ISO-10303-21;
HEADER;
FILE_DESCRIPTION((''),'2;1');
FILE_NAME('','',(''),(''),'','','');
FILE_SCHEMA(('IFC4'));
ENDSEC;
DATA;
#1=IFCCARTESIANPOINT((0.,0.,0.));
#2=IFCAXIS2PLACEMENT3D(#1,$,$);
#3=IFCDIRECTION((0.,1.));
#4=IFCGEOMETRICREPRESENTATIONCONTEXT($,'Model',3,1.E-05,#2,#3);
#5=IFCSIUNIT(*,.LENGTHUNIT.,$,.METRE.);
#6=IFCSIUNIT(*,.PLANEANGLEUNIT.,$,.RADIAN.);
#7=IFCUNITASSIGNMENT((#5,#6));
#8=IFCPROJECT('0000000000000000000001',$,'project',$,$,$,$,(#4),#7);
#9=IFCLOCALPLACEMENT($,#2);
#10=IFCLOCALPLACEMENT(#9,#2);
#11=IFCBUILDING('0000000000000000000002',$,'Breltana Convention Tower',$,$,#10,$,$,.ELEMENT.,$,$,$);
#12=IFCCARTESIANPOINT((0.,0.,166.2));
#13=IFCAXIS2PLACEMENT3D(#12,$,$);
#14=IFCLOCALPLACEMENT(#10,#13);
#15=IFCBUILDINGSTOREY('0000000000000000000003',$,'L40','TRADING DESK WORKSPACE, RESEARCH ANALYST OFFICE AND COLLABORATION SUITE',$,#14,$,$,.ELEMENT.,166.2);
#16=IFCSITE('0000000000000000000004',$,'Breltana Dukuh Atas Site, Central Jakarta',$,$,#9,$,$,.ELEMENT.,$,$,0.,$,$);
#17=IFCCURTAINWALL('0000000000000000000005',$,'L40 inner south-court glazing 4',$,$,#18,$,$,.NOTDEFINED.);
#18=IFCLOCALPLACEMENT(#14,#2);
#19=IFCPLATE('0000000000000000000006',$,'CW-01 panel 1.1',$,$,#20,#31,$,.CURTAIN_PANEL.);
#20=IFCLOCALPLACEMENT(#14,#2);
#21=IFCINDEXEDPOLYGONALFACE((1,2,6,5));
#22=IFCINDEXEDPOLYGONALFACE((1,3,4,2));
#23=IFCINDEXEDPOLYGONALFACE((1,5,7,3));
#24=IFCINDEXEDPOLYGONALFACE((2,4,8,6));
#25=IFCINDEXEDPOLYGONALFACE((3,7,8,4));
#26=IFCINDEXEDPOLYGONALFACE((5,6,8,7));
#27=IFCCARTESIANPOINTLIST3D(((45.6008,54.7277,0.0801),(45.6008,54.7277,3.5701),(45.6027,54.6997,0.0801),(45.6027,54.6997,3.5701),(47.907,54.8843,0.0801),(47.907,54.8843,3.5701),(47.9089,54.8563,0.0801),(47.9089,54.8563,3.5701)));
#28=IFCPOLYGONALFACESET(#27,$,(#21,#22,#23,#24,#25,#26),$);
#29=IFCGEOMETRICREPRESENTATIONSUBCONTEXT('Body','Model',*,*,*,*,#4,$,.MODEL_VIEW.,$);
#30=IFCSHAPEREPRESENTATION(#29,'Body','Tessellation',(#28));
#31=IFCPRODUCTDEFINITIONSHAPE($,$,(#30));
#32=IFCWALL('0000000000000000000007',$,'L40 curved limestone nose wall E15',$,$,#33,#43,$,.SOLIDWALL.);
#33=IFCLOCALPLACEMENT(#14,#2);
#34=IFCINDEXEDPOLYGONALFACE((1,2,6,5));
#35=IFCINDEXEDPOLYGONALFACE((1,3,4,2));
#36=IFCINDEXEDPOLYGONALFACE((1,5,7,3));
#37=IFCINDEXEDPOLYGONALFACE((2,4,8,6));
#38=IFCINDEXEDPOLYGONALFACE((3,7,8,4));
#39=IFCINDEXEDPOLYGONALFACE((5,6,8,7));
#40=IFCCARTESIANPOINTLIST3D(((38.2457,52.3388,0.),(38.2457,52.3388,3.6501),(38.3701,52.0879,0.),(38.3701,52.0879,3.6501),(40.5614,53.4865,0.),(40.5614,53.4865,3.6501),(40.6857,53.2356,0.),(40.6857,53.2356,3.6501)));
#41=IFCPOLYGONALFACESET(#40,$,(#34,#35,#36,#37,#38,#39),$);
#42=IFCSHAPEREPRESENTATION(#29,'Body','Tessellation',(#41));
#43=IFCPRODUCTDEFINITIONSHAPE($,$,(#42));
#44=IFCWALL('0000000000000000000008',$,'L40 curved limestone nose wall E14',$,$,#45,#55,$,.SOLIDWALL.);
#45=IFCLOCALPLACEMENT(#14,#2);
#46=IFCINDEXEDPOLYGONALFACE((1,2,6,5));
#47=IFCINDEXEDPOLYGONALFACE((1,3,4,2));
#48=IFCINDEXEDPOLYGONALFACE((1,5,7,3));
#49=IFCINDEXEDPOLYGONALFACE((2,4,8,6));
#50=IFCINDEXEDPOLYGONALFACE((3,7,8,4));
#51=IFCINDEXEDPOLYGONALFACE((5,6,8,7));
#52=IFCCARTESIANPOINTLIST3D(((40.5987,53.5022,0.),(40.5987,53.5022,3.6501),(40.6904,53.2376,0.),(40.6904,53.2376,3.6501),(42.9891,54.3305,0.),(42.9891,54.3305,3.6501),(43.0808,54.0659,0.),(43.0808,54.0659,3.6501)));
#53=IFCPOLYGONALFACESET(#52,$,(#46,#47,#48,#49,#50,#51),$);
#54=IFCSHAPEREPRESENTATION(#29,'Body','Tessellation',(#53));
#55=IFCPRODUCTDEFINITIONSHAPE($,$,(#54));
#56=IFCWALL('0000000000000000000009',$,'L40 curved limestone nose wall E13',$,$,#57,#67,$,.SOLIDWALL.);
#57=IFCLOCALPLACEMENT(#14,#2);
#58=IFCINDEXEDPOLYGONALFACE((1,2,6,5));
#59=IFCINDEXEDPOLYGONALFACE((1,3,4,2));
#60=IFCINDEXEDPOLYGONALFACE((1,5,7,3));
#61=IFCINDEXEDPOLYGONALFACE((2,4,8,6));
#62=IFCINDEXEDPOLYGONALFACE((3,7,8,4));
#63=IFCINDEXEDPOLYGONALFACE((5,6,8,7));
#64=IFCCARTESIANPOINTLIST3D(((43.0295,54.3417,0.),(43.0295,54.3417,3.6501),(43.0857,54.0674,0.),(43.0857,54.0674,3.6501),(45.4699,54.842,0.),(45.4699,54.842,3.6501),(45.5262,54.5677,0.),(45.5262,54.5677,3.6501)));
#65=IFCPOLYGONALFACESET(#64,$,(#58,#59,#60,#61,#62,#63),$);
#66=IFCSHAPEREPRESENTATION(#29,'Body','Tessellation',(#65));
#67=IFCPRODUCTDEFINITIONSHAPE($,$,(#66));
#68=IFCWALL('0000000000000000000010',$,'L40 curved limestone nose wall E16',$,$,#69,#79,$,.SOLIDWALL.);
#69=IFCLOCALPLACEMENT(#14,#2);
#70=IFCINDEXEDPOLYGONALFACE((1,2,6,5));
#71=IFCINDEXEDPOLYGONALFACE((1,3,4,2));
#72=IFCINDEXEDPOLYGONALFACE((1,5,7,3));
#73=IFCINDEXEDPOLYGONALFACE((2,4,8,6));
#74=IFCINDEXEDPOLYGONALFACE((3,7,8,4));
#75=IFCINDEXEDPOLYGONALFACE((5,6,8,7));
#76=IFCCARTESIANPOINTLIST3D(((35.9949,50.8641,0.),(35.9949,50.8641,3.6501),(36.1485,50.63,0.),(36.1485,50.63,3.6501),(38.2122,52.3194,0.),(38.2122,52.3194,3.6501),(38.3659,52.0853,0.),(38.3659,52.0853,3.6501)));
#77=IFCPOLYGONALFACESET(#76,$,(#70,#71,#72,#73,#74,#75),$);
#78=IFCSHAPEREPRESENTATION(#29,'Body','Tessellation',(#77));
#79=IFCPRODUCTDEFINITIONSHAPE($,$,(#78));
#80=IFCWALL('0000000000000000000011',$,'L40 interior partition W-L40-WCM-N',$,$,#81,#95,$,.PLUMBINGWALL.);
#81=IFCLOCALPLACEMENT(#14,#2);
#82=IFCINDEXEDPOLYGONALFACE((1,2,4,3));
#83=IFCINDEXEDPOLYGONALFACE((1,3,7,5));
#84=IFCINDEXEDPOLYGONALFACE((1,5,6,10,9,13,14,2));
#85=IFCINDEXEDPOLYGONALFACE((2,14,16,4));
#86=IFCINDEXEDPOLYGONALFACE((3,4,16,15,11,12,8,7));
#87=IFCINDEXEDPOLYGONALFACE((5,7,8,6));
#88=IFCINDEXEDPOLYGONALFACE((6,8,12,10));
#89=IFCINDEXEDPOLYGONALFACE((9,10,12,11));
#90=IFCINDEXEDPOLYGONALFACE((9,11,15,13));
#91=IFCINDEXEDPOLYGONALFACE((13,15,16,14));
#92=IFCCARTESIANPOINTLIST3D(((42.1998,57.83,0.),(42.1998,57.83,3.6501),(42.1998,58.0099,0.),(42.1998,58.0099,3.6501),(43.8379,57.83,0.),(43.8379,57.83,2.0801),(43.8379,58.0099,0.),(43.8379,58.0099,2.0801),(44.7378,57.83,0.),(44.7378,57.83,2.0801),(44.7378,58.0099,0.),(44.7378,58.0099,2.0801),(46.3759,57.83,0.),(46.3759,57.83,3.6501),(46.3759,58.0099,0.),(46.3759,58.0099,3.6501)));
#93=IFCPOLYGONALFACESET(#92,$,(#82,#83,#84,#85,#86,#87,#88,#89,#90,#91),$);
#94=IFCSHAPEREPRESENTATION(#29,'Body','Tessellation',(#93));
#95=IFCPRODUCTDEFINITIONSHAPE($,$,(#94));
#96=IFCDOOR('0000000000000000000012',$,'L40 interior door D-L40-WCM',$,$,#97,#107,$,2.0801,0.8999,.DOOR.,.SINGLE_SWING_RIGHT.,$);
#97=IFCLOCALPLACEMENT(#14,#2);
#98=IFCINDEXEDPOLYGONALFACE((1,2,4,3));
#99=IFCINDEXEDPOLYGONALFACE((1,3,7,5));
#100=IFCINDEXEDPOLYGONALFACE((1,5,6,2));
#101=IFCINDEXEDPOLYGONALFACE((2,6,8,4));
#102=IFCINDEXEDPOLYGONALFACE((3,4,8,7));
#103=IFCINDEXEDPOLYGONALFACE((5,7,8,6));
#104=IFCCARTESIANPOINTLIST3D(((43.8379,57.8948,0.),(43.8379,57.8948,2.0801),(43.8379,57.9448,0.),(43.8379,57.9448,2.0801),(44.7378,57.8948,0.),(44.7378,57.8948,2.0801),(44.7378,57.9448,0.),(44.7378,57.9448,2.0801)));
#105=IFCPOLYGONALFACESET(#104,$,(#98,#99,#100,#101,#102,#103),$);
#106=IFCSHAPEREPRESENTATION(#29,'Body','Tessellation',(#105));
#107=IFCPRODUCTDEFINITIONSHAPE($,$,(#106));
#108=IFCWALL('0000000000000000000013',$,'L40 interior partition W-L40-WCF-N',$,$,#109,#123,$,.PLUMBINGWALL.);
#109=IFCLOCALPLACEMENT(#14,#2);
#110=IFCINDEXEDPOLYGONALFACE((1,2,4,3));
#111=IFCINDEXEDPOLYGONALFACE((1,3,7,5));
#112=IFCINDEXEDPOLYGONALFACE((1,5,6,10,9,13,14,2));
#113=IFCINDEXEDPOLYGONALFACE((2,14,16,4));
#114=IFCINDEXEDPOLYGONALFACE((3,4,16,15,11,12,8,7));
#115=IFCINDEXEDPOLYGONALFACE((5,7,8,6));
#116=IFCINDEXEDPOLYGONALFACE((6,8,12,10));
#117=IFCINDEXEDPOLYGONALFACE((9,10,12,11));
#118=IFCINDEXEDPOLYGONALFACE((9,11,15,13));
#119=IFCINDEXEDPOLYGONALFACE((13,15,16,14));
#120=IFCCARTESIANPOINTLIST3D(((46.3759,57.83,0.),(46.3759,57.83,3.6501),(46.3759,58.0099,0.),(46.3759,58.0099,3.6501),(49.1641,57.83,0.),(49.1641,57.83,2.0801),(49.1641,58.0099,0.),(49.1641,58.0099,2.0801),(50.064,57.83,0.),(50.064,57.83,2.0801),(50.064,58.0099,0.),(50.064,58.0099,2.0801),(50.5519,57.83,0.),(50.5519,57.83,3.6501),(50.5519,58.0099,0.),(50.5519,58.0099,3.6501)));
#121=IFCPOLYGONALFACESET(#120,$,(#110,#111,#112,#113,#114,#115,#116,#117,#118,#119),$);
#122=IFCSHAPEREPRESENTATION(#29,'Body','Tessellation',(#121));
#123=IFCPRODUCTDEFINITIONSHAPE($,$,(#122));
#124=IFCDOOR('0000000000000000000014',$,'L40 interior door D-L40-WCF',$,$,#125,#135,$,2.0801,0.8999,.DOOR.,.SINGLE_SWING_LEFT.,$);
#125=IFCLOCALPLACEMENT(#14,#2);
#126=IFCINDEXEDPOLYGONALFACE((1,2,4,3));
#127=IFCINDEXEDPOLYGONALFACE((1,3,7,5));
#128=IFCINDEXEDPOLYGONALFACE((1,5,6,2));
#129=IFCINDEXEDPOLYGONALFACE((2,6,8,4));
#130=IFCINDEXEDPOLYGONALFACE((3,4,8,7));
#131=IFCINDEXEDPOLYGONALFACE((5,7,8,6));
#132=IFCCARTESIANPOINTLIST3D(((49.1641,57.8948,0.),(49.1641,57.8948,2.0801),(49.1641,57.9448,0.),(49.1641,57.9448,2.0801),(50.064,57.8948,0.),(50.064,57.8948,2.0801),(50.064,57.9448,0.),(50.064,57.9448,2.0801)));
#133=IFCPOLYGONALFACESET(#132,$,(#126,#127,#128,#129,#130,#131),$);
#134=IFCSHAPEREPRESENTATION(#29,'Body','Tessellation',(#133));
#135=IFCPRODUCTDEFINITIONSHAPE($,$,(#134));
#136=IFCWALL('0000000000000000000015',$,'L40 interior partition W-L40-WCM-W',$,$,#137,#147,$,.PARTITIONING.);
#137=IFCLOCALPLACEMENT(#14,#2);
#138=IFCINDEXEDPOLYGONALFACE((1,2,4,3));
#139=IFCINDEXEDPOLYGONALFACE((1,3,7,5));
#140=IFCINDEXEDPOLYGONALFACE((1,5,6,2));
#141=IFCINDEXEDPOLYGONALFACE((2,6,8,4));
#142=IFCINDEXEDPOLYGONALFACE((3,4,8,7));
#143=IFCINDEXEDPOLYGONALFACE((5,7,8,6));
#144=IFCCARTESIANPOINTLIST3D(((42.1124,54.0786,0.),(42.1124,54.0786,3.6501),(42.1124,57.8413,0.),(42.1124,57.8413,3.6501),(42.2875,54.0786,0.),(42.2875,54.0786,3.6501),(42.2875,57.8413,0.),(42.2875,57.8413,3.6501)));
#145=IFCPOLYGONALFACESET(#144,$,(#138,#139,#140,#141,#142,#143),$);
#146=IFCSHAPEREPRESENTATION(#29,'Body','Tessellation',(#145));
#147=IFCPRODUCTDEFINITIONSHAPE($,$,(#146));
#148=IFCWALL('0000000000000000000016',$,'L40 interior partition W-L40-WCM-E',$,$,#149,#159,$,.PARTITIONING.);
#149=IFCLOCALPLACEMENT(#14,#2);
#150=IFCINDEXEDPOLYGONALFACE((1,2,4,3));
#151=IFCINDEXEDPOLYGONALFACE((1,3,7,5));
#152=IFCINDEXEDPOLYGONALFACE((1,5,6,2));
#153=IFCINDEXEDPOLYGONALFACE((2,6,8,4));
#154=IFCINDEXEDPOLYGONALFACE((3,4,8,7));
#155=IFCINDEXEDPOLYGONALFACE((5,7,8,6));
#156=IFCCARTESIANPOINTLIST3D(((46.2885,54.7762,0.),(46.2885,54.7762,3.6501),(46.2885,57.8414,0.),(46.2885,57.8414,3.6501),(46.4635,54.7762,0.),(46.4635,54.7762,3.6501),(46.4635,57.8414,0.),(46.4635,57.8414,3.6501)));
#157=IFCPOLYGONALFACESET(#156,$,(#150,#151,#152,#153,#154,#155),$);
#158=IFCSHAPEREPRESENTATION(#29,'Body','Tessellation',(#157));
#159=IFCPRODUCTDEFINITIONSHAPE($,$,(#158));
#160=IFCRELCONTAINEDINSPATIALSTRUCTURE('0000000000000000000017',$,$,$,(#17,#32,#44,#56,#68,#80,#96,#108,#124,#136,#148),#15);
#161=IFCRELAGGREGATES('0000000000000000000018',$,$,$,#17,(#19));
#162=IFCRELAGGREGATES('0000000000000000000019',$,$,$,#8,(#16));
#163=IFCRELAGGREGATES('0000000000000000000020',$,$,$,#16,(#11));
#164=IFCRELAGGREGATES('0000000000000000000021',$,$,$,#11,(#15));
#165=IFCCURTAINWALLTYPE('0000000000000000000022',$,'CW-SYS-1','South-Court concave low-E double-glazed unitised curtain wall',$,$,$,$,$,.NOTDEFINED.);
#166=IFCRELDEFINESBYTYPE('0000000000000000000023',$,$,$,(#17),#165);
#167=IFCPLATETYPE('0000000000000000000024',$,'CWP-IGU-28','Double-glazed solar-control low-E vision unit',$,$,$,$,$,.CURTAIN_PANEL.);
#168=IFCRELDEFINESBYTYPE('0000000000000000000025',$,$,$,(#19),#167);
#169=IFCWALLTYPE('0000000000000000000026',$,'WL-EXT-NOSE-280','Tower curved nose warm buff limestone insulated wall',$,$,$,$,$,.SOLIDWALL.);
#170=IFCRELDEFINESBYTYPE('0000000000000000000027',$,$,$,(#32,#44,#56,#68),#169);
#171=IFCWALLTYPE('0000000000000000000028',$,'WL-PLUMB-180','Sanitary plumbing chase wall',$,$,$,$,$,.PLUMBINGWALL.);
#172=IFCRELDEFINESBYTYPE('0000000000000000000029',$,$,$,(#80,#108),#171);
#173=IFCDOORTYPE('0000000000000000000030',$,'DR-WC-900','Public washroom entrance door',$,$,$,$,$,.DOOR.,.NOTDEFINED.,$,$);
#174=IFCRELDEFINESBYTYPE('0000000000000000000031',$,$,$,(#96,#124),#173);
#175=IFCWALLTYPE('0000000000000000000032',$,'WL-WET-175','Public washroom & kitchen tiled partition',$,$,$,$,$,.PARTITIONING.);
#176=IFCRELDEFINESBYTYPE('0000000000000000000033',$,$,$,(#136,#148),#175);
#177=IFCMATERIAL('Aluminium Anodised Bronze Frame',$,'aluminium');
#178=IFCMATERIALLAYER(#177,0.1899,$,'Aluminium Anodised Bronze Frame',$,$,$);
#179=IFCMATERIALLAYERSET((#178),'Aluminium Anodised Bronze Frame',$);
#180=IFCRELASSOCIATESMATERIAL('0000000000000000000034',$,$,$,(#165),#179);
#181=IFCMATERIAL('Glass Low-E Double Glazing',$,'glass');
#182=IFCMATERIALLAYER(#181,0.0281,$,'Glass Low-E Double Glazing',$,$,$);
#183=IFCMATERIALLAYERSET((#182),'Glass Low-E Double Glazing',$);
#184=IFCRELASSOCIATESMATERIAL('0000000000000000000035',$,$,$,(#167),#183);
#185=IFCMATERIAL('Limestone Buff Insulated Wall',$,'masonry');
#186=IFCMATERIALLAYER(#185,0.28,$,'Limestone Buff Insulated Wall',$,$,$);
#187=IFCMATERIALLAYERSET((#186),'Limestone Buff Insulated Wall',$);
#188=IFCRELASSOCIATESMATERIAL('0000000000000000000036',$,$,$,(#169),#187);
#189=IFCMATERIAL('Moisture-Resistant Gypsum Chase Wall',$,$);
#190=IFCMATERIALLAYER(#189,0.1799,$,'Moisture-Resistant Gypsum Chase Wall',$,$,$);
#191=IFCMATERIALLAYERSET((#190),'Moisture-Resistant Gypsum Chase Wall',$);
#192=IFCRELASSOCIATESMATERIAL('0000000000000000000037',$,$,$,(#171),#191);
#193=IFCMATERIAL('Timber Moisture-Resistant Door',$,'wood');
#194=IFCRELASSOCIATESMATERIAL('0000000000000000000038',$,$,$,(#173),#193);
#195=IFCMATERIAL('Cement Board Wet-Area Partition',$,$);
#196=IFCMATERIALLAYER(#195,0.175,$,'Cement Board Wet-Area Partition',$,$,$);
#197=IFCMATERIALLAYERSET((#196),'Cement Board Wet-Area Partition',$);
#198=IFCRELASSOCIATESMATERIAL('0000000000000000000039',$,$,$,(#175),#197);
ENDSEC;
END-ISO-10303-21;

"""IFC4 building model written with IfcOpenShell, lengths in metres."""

from ifc_helpers import new_model, si_unit, direction, frame, frame_2d, origin, origin_2d, place, context, subcontext, project, spatial, rectangle, extrude, source, transform, mapped, material, layer, layer_set, type_object, type_shapes, element, fill, aggregate, save


model = new_model("IFC4")

# Units and contexts
model_context = context("Model", 3, precision=1e-05, world=origin(), true_north=direction((0.0, 1.0)))
body_context = subcontext(model_context, "Body", "Model", "MODEL_VIEW")
ifc_project = project(units=[si_unit("LENGTHUNIT", "METRE"), si_unit("PLANEANGLEUNIT", "RADIAN")], contexts=[model_context])

# Site, building, storey
site_placement = place(None, origin())
site = spatial("IfcSite", under=ifc_project, at=site_placement, Name="Breltana Dukuh Atas Site, Central Jakarta", CompositionType="ELEMENT", RefElevation=0.0)
building_placement = place(site_placement, origin())
building = spatial("IfcBuilding", under=site, at=building_placement, Name="Breltana Convention Tower", CompositionType="ELEMENT")
storey_placement = place(building_placement, frame((0.0, 0.0, 166.2)))
storey = spatial("IfcBuildingStorey", under=building, at=storey_placement, Name="L40", Description="TRADING DESK WORKSPACE, RESEARCH ANALYST OFFICE AND COLLABORATION SUITE", CompositionType="ELEMENT", Elevation=166.2)

# Curtain wall
ifc_material_1 = material(Name="Aluminium Anodised Bronze Frame", Category="aluminium")
ifc_layer_1 = layer(ifc_material_1, 0.1899, Name="Aluminium Anodised Bronze Frame")
ifc_layer_set_1 = layer_set([ifc_layer_1], Name="Aluminium Anodised Bronze Frame")
curtain_wall_type = type_object("IfcCurtainWallType", Name="CW-SYS-1", Description="South-Court concave low-E double-glazed unitised curtain wall", PredefinedType="NOTDEFINED", material=ifc_layer_set_1)
curtain_wall_1_placement = place(storey_placement, origin())
curtain_wall_1 = element("IfcCurtainWall", 1, at=curtain_wall_1_placement, inside=storey, type_object=curtain_wall_type, Name="L40 inner south-court glazing 4", PredefinedType="NOTDEFINED")

# Plate
ifc_material_2 = material(Name="Glass Low-E Double Glazing", Category="glass")
ifc_layer_2 = layer(ifc_material_2, 0.0281, Name="Glass Low-E Double Glazing")
ifc_layer_set_2 = layer_set([ifc_layer_2], Name="Glass Low-E Double Glazing")
plate_type = type_object("IfcPlateType", Name="CWP-IGU-28", Description="Double-glazed solar-control low-E vision unit", PredefinedType="CURTAIN_PANEL", material=ifc_layer_set_2)
shared_shape_1 = source(origin(), body_context, "Body", "SweptSolid", [
    extrude(rectangle(XDim=2.3115, YDim=0.0281, at=origin_2d()), origin(), (0.0, 0.0, 1.0), 3.49),
])
plate_placement = place(storey_placement, frame((46.7549, 54.792, 0.0801), z_axis=(0.0, 0.0, 1.0), x_axis=(-0.997703, -0.067733, 0.0)))
plate = element("IfcPlate", 2, at=plate_placement, type_object=plate_type, Name="CW-01 panel 1.1", PredefinedType="CURTAIN_PANEL", context=body_context, shape_type="MappedRepresentation", body=[
    mapped(shared_shape_1, transform((0.0, 0.0, 0.0), scale=1.0)),
])
aggregate(curtain_wall_1, [plate])

# Walls
ifc_material_3 = material(Name="Limestone Buff Insulated Wall", Category="masonry")
ifc_layer_3 = layer(ifc_material_3, 0.28, Name="Limestone Buff Insulated Wall")
ifc_layer_set_3 = layer_set([ifc_layer_3], Name="Limestone Buff Insulated Wall")
wall_type_1 = type_object("IfcWallType", Name="WL-EXT-NOSE-280", Description="Tower curved nose warm buff limestone insulated wall", PredefinedType="SOLIDWALL", material=ifc_layer_set_3)
shared_shape_2 = source(origin(), body_context, "Body", "SweptSolid", [
    extrude(rectangle(XDim=2.5845, YDim=0.28, at=frame_2d((1.2922, 0.0))), origin(), (0.0, 0.0, 1.0), 3.6501),
])
wall_1_placement = place(storey_placement, frame((40.6235, 53.3611, 0.0), z_axis=(0.0, 0.0, 1.0), x_axis=(-0.89599, -0.444075, 0.0)))
element("IfcWall", 3, at=wall_1_placement, inside=storey, type_object=wall_type_1, Name="L40 curved limestone nose wall E15", PredefinedType="SOLIDWALL", context=body_context, shape_type="MappedRepresentation", body=[
    mapped(shared_shape_2, transform((0.0, 0.0, 0.0), scale=1.0)),
])
shared_shape_3 = source(origin(), body_context, "Body", "SweptSolid", [
    extrude(rectangle(XDim=2.5298, YDim=0.28, at=frame_2d((1.2649, 0.0))), origin(), (0.0, 0.0, 1.0), 3.6501),
])
wall_2_placement = place(storey_placement, frame((43.0349, 54.1982, 0.0), z_axis=(0.0, 0.0, 1.0), x_axis=(-0.944872, -0.327439, 0.0)))
element("IfcWall", 4, at=wall_2_placement, inside=storey, type_object=wall_type_1, Name="L40 curved limestone nose wall E14", PredefinedType="SOLIDWALL", context=body_context, shape_type="MappedRepresentation", body=[
    mapped(shared_shape_3, transform((0.0, 0.0, 0.0), scale=1.0)),
])
shared_shape_4 = source(origin(), body_context, "Body", "SweptSolid", [
    extrude(rectangle(XDim=2.4912, YDim=0.28, at=frame_2d((1.2456, 0.0))), origin(), (0.0, 0.0, 1.0), 3.6501),
])
wall_3_placement = place(storey_placement, frame((45.498, 54.7048, 0.0), z_axis=(0.0, 0.0, 1.0), x_axis=(-0.979631, -0.200807, 0.0)))
element("IfcWall", 5, at=wall_3_placement, inside=storey, type_object=wall_type_1, Name="L40 curved limestone nose wall E13", PredefinedType="SOLIDWALL", context=body_context, shape_type="MappedRepresentation", body=[
    mapped(shared_shape_4, transform((0.0, 0.0, 0.0), scale=1.0)),
])
shared_shape_5 = source(origin(), body_context, "Body", "SweptSolid", [
    extrude(rectangle(XDim=2.6523, YDim=0.28, at=frame_2d((1.3262, 0.0))), origin(), (0.0, 0.0, 1.0), 3.6501),
])
wall_4_placement = place(storey_placement, frame((38.2891, 52.2024, 0.0), z_axis=(0.0, 0.0, 1.0), x_axis=(-0.836008, -0.548717, 0.0)))
element("IfcWall", 6, at=wall_4_placement, inside=storey, type_object=wall_type_1, Name="L40 curved limestone nose wall E16", PredefinedType="SOLIDWALL", context=body_context, shape_type="MappedRepresentation", body=[
    mapped(shared_shape_5, transform((0.0, 0.0, 0.0), scale=1.0)),
])

# Walls, openings, doors
ifc_material_4 = material(Name="Moisture-Resistant Gypsum Chase Wall")
ifc_layer_4 = layer(ifc_material_4, 0.1799, Name="Moisture-Resistant Gypsum Chase Wall")
ifc_layer_set_4 = layer_set([ifc_layer_4], Name="Moisture-Resistant Gypsum Chase Wall")
wall_type_2 = type_object("IfcWallType", Name="WL-PLUMB-180", Description="Sanitary plumbing chase wall", PredefinedType="PLUMBINGWALL", material=ifc_layer_set_4)
shared_shape_6 = source(origin(), body_context, "Body", "SweptSolid", [
    extrude(rectangle(XDim=4.176, YDim=0.1799, at=frame_2d((2.0879, 0.0))), origin(), (0.0, 0.0, 1.0), 3.6501),
])
wall_5_placement = place(storey_placement, frame((42.2, 57.9199, 0.0), z_axis=(0.0, 0.0, 1.0), x_axis=(1.0, 0.0, 0.0)))
wall_5 = element("IfcWall", 7, at=wall_5_placement, inside=storey, type_object=wall_type_2, Name="L40 interior partition W-L40-WCM-N", PredefinedType="PLUMBINGWALL", context=body_context, shape_type="MappedRepresentation", body=[
    mapped(shared_shape_6, transform((0.0, 0.0, 0.0), scale=1.0)),
])
opening_1_placement = place(wall_5_placement, frame((1.6379, 0.0, 0.0)))
opening_1 = element("IfcOpeningElement", 8, at=opening_1_placement, cuts=wall_5, PredefinedType="OPENING", context=body_context, shape_type="SweptSolid", body=[
    extrude(rectangle(XDim=0.8999, YDim=2.0801, at=frame_2d((0.45, 1.04))), frame((0.0, 0.1001, 0.0), z_axis=(0.0, -1.0, 0.0), x_axis=(1.0, 0.0, 0.0)), (0.0, 0.0, 1.0), 0.2),
])
ifc_material_5 = material(Name="Timber Moisture-Resistant Door", Category="wood")
door_type = type_object("IfcDoorType", Name="DR-WC-900", Description="Public washroom entrance door", OperationType="NOTDEFINED", PredefinedType="DOOR", material=ifc_material_5)
shared_shape_7 = source(origin(), body_context, "Body", "SweptSolid", [
    extrude(rectangle(XDim=0.8999, YDim=2.0801, at=frame_2d((0.45, 1.04))), frame((0.0, 0.0249, 0.0), z_axis=(0.0, -1.0, 0.0), x_axis=(1.0, 0.0, 0.0)), (0.0, 0.0, 1.0), 0.05),
])
type_shapes(door_type, [shared_shape_7])
door_1_placement = place(opening_1_placement, origin())
door_1 = element("IfcDoor", 9, at=door_1_placement, inside=storey, type_object=door_type, Name="L40 interior door D-L40-WCM", OperationType="SINGLE_SWING_RIGHT", OverallHeight=2.0801, OverallWidth=0.8999, PredefinedType="DOOR", context=body_context, shape_type="MappedRepresentation", body=[
    mapped(shared_shape_7, transform((0.0, 0.0, 0.0), scale=1.0)),
])
fill(opening_1, door_1)
wall_6_placement = place(storey_placement, frame((46.376, 57.9199, 0.0), z_axis=(0.0, 0.0, 1.0), x_axis=(1.0, 0.0, 0.0)))
wall_6 = element("IfcWall", 10, at=wall_6_placement, inside=storey, type_object=wall_type_2, Name="L40 interior partition W-L40-WCF-N", PredefinedType="PLUMBINGWALL", context=body_context, shape_type="MappedRepresentation", body=[
    mapped(shared_shape_6, transform((0.0, 0.0, 0.0), scale=1.0)),
])
opening_2_placement = place(wall_6_placement, frame((2.7881, 0.0, 0.0)))
opening_2 = element("IfcOpeningElement", 11, at=opening_2_placement, cuts=wall_6, PredefinedType="OPENING", context=body_context, shape_type="SweptSolid", body=[
    extrude(rectangle(XDim=0.8999, YDim=2.0801, at=frame_2d((0.45, 1.04))), frame((0.0, 0.1001, 0.0), z_axis=(0.0, -1.0, 0.0), x_axis=(1.0, 0.0, 0.0)), (0.0, 0.0, 1.0), 0.2),
])
door_2_placement = place(opening_2_placement, origin())
door_2 = element("IfcDoor", 12, at=door_2_placement, inside=storey, type_object=door_type, Name="L40 interior door D-L40-WCF", OperationType="SINGLE_SWING_LEFT", OverallHeight=2.0801, OverallWidth=0.8999, PredefinedType="DOOR", context=body_context, shape_type="MappedRepresentation", body=[
    mapped(shared_shape_7, transform((0.0, 0.0, 0.0), scale=1.0)),
])
fill(opening_2, door_2)

# Walls
ifc_material_6 = material(Name="Cement Board Wet-Area Partition")
ifc_layer_5 = layer(ifc_material_6, 0.175, Name="Cement Board Wet-Area Partition")
ifc_layer_set_5 = layer_set([ifc_layer_5], Name="Cement Board Wet-Area Partition")
wall_type_3 = type_object("IfcWallType", Name="WL-WET-175", Description="Public washroom & kitchen tiled partition", PredefinedType="PARTITIONING", material=ifc_layer_set_5)
shared_shape_8 = source(origin(), body_context, "Body", "SweptSolid", [
    extrude(rectangle(XDim=3.7627, YDim=0.175, at=frame_2d((1.8813, 0.0))), origin(), (0.0, 0.0, 1.0), 3.6501),
])
wall_7_placement = place(storey_placement, frame((42.2, 54.0786, 0.0), z_axis=(0.0, 0.0, 1.0), x_axis=(0.0, 1.0, 0.0)))
element("IfcWall", 13, at=wall_7_placement, inside=storey, type_object=wall_type_3, Name="L40 interior partition W-L40-WCM-W", PredefinedType="PARTITIONING", context=body_context, shape_type="MappedRepresentation", body=[
    mapped(shared_shape_8, transform((0.0, 0.0, 0.0), scale=1.0)),
])
shared_shape_9 = source(origin(), body_context, "Body", "SweptSolid", [
    extrude(rectangle(XDim=3.0652, YDim=0.175, at=frame_2d((1.5327, 0.0))), origin(), (0.0, 0.0, 1.0), 3.6501),
])
wall_8_placement = place(storey_placement, frame((46.376, 54.7761, 0.0), z_axis=(0.0, 0.0, 1.0), x_axis=(0.0, 1.0, 0.0)))
element("IfcWall", 14, at=wall_8_placement, inside=storey, type_object=wall_type_3, Name="L40 interior partition W-L40-WCM-E", PredefinedType="PARTITIONING", context=body_context, shape_type="MappedRepresentation", body=[
    mapped(shared_shape_9, transform((0.0, 0.0, 0.0), scale=1.0)),
])

save(model, "model.ifc")
